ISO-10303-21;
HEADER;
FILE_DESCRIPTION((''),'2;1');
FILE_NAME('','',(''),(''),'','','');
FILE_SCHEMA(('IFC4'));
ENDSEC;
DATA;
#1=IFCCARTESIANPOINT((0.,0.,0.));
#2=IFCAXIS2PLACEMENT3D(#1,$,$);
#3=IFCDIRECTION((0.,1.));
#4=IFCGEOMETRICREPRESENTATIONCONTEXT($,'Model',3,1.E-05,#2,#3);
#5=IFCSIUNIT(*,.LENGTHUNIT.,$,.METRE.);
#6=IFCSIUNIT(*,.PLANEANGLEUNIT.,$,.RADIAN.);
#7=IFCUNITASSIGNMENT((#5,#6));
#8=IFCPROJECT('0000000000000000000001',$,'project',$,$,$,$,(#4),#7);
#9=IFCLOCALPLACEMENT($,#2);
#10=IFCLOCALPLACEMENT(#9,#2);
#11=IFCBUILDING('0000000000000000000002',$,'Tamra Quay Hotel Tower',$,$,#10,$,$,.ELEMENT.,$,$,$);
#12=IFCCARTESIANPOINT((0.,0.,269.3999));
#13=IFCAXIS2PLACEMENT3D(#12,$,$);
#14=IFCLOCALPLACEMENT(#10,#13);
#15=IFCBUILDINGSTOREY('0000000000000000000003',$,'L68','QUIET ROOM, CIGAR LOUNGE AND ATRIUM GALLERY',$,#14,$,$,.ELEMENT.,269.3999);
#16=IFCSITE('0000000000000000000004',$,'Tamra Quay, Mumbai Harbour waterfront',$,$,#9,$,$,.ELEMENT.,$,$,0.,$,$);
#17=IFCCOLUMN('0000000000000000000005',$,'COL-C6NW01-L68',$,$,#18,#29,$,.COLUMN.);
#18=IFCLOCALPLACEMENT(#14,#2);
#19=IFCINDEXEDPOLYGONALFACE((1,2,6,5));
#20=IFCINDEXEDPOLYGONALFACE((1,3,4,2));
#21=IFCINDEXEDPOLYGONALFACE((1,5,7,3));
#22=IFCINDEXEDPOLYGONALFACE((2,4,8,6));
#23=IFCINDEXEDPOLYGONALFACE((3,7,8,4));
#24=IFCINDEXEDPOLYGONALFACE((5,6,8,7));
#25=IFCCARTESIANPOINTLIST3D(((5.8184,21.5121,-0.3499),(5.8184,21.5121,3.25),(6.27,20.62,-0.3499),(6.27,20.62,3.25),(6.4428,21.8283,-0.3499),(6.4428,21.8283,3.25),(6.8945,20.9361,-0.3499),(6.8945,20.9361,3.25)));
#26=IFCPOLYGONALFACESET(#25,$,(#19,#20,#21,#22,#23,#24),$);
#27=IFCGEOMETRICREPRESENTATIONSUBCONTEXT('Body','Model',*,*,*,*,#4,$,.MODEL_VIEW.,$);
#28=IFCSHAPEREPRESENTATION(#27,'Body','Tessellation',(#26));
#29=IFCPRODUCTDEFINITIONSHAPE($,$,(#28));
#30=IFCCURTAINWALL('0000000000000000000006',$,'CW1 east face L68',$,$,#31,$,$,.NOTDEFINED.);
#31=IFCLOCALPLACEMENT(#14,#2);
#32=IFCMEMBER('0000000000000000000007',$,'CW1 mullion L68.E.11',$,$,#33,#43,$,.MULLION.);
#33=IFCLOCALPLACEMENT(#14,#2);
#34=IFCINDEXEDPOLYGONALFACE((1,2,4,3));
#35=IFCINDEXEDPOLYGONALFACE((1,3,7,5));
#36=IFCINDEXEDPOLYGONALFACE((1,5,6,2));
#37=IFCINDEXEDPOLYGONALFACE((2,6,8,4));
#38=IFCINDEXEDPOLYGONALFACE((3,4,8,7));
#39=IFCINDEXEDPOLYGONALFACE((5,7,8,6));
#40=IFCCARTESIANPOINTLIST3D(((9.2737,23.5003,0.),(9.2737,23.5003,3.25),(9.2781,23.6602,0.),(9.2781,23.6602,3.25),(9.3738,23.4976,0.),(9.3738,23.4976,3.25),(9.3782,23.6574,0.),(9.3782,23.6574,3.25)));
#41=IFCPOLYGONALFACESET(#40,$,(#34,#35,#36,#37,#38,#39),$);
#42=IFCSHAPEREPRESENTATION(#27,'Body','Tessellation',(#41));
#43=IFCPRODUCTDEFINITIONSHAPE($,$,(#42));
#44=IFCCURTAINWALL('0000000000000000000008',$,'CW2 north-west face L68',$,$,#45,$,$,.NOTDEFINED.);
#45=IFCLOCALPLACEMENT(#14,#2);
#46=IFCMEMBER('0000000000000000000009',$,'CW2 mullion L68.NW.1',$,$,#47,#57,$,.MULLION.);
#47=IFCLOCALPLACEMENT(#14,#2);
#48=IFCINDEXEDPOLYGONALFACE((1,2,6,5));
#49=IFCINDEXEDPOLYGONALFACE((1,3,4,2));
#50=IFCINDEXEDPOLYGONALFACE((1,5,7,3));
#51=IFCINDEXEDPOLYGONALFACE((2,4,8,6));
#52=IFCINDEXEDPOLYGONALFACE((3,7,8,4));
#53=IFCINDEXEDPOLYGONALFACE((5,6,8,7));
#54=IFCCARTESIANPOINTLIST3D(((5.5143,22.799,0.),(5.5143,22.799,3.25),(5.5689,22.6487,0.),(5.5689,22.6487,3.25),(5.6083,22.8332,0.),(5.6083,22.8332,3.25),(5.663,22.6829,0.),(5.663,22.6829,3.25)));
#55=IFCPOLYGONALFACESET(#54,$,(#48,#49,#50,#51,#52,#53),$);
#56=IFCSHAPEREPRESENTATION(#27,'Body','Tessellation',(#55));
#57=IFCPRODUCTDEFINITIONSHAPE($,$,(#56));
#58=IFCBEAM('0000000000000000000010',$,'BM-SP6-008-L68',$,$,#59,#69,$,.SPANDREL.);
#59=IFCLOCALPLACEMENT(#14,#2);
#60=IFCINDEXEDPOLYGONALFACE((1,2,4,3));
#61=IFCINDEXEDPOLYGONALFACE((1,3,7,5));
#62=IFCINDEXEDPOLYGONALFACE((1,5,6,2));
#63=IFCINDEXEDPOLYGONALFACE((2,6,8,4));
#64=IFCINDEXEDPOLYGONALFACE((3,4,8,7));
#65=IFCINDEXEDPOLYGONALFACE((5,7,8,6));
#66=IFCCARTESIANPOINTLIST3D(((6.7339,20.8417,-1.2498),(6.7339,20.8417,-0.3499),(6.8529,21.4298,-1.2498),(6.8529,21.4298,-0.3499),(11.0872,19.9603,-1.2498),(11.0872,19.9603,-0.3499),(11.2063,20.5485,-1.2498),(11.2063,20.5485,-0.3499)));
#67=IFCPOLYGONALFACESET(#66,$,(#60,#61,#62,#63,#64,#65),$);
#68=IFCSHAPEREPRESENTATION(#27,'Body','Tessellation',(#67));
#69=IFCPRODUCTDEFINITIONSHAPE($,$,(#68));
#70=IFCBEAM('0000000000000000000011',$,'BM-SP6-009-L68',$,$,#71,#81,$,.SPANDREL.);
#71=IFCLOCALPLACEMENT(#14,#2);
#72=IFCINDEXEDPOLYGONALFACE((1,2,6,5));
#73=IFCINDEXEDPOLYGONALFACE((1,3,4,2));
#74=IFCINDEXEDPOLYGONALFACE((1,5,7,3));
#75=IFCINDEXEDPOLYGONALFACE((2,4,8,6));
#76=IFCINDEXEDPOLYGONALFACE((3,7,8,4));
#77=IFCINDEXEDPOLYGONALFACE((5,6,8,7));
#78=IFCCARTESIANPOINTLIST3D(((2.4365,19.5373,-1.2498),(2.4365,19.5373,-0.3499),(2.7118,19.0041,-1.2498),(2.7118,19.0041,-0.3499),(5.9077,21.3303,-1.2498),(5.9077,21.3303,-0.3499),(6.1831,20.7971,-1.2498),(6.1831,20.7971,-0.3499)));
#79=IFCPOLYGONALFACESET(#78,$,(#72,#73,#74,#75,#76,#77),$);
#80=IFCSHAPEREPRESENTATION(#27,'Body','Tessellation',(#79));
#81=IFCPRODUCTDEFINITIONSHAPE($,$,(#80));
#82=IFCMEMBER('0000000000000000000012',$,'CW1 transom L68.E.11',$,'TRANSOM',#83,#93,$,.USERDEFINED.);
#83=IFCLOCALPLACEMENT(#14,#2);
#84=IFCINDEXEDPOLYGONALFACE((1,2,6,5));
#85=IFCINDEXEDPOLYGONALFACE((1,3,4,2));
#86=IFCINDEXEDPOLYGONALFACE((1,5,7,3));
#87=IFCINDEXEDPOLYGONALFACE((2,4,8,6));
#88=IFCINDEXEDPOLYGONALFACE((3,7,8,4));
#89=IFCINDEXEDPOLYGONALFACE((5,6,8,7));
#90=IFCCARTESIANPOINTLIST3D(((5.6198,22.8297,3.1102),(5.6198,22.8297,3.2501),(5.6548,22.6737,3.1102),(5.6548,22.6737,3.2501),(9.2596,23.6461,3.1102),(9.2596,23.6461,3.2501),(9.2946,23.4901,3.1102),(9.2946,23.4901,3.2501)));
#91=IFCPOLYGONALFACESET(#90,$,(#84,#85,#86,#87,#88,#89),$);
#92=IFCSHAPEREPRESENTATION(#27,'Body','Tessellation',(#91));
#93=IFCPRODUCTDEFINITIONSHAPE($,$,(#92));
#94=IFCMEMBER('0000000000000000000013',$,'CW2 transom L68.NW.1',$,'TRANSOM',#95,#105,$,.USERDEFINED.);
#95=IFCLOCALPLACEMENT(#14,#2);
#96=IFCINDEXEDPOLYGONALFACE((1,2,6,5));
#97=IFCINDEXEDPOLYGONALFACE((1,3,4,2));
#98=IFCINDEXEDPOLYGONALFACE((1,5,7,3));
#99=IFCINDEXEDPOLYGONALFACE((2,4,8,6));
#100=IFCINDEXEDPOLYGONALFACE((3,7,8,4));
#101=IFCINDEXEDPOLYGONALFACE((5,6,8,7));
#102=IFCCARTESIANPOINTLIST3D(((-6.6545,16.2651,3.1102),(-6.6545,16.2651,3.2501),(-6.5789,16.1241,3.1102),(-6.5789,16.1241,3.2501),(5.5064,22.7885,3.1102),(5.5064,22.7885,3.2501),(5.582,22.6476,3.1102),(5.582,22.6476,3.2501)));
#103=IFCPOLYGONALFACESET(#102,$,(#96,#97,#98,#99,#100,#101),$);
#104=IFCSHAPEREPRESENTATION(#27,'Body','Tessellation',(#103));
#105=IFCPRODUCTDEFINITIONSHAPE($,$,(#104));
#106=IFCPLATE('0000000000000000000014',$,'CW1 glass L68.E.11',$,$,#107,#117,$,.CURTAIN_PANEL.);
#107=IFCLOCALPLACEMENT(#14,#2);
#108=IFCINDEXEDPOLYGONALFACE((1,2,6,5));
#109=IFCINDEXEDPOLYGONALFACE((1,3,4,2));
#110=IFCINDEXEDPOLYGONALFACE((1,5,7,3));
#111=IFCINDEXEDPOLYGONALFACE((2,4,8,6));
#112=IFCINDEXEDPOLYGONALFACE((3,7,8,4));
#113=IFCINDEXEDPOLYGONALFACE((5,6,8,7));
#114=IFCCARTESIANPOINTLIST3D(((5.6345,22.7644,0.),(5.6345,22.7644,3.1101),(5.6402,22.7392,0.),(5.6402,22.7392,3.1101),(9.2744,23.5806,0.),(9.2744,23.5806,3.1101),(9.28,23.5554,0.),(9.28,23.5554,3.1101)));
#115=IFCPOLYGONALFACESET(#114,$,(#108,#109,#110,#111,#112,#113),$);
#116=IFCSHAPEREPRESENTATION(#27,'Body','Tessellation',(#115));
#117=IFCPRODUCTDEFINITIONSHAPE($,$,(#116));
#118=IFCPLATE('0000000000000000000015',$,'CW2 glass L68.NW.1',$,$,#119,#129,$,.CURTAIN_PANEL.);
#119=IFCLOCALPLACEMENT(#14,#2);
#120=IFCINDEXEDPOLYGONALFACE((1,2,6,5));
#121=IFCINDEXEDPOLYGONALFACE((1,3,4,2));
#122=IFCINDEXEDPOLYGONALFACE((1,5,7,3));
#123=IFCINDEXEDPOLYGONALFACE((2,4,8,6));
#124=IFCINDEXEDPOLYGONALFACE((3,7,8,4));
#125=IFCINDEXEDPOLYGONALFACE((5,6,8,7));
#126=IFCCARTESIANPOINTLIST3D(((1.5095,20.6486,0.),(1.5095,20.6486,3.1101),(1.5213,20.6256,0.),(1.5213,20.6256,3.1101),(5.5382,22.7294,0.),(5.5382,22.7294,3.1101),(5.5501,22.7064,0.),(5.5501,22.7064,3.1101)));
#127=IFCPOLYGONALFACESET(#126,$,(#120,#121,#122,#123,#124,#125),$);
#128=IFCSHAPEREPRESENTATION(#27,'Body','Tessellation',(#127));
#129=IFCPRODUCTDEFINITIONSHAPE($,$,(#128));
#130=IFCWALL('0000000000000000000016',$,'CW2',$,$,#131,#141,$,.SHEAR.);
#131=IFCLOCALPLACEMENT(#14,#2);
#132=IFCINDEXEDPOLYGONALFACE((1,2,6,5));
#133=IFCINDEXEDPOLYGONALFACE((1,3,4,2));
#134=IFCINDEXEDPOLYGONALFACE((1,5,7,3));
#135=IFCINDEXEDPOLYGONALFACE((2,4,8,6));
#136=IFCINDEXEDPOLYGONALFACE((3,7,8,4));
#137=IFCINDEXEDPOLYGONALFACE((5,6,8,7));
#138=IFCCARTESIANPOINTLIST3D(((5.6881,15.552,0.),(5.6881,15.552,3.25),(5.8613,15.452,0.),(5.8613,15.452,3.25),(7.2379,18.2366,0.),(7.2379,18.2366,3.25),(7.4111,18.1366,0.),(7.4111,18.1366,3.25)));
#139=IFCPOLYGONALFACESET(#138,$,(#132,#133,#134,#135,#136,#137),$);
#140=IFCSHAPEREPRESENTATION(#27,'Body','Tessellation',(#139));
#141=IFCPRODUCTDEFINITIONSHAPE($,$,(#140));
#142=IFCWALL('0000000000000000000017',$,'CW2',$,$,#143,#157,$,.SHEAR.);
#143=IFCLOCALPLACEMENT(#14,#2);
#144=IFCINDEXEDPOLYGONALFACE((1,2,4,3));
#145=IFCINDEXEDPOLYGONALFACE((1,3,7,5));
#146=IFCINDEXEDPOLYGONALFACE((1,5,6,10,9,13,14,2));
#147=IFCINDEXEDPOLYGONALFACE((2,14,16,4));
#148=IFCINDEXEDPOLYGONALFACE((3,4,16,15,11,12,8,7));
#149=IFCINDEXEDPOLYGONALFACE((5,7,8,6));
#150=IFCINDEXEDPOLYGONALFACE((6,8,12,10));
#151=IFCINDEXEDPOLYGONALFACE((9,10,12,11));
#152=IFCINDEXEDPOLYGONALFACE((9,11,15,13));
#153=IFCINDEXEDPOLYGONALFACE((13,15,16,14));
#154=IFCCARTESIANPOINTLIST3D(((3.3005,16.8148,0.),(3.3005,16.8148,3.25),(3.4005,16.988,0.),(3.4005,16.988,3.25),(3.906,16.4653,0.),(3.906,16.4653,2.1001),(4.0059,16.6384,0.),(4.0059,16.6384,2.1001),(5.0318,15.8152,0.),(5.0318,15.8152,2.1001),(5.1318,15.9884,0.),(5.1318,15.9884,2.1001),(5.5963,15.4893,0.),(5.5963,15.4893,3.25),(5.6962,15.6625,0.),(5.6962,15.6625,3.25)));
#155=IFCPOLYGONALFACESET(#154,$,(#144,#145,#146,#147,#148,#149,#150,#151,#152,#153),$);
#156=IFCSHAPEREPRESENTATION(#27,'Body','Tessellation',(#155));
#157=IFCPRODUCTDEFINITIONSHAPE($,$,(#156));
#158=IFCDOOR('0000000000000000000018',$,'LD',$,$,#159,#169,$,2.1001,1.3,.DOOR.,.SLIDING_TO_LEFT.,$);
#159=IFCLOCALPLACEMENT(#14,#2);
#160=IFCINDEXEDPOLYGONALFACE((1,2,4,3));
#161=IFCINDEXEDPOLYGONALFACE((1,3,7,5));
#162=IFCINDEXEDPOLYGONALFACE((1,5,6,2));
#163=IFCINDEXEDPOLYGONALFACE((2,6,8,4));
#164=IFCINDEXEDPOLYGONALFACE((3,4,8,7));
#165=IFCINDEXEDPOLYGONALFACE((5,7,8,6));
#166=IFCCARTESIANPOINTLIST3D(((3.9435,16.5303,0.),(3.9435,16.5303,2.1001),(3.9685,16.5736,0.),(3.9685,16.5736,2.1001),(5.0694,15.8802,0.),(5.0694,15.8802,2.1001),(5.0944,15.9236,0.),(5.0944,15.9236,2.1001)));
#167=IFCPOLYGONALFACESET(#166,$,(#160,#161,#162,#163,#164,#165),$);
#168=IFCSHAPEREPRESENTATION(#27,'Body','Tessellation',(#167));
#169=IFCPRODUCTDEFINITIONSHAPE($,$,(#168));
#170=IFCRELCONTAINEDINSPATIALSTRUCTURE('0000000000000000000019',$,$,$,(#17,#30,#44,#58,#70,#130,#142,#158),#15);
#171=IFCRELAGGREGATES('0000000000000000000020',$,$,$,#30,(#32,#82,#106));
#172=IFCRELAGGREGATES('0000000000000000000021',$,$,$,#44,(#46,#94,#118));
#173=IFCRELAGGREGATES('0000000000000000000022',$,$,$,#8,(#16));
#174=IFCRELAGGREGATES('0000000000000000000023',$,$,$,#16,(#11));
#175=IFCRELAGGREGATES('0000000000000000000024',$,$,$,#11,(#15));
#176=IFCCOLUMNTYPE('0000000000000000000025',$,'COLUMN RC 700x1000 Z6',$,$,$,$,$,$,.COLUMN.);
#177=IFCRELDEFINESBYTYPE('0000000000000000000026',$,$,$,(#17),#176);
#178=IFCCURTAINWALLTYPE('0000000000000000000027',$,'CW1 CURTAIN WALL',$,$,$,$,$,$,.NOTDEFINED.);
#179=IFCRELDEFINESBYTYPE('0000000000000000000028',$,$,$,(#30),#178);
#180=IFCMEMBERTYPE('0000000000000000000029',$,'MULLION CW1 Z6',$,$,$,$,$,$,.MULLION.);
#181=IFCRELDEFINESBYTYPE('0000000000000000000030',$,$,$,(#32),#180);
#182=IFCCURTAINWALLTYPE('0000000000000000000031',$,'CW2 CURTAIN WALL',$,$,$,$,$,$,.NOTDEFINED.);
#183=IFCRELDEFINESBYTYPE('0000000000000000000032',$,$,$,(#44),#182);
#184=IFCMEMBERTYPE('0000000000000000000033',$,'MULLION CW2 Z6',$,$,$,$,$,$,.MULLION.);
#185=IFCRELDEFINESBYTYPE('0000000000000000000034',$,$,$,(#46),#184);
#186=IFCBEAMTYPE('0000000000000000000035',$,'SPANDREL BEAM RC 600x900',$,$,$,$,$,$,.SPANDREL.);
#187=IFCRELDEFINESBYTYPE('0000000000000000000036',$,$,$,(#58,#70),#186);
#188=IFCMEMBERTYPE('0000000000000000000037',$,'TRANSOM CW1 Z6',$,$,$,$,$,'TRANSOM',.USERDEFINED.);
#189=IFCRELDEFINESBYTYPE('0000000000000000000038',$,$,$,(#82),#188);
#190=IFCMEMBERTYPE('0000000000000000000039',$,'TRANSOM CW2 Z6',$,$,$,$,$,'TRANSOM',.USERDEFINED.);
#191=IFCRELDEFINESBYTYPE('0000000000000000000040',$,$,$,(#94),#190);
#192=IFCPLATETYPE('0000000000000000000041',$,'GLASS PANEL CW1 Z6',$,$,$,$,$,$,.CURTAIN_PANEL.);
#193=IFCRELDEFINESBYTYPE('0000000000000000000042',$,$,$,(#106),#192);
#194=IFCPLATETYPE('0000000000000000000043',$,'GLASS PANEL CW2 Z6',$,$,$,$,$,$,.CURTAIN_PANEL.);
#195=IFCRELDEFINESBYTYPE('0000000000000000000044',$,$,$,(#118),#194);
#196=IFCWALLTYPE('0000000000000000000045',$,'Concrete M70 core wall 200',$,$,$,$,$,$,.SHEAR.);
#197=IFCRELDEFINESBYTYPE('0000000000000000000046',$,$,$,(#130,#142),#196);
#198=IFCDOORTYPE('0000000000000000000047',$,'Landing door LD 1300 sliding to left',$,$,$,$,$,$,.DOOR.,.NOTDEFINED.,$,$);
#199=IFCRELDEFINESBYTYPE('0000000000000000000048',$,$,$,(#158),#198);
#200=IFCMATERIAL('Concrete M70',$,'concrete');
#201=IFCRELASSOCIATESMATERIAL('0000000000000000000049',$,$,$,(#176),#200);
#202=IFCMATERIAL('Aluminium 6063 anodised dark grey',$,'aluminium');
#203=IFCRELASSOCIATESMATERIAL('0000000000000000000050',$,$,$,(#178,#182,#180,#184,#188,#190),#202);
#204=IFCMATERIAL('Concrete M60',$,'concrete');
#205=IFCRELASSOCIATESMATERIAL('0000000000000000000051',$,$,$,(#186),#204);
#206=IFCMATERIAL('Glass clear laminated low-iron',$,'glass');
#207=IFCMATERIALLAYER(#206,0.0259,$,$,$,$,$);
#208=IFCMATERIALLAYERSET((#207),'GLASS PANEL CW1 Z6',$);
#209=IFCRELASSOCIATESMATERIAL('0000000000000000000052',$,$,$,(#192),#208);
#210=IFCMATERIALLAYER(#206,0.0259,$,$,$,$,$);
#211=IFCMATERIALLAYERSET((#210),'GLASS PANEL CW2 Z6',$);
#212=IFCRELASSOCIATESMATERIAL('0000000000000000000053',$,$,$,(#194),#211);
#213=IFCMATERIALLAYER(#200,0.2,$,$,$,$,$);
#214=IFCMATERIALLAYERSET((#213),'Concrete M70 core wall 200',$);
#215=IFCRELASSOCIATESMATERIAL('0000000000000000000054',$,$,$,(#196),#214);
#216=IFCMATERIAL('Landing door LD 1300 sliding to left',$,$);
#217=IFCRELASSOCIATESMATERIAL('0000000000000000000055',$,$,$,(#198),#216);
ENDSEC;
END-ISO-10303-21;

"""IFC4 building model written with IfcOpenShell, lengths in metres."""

from ifc_helpers import new_model, si_unit, direction, frame, frame_2d, origin, origin_2d, place, context, subcontext, project, spatial, rectangle, extrude, material, layer, layer_set, material_profile, profile_set, type_object, element, fill, aggregate, save


model = new_model("IFC4")

# Units and contexts
model_context = context("Model", 3, precision=1e-05, world=origin(), true_north=direction((0.0, 1.0)))
body_context = subcontext(model_context, "Body", "Model", "MODEL_VIEW")
ifc_project = project(units=[si_unit("LENGTHUNIT", "METRE"), si_unit("PLANEANGLEUNIT", "RADIAN")], contexts=[model_context])

# Site, building, storey
site_placement = place(None, origin())
site = spatial("IfcSite", under=ifc_project, at=site_placement, Name="Tamra Quay, Mumbai Harbour waterfront", CompositionType="ELEMENT", RefElevation=0.0)
building_placement = place(site_placement, origin())
building = spatial("IfcBuilding", under=site, at=building_placement, Name="Tamra Quay Hotel Tower", CompositionType="ELEMENT")
storey_placement = place(building_placement, frame((0.0, 0.0, 269.3999)))
storey = spatial("IfcBuildingStorey", under=building, at=storey_placement, Name="L68", Description="QUIET ROOM, CIGAR LOUNGE AND ATRIUM GALLERY", CompositionType="ELEMENT", Elevation=269.3999)

# Column
ifc_material_1 = material(Name="Concrete M70", Category="concrete")
ifc_material_profile_1 = material_profile(ifc_material_1, rectangle(XDim=1.0, YDim=0.7, at=origin_2d()), Name="COLUMN RC 700x1000 Z6")
ifc_profile_set_1 = profile_set([ifc_material_profile_1], Name="Concrete M70")
column_type = type_object("IfcColumnType", Name="COLUMN RC 700x1000 Z6", PredefinedType="COLUMN", material=ifc_profile_set_1)
column_placement = place(storey_placement, frame((6.3564, 21.2241, -0.3499), z_axis=(0.0, 0.0, 1.0), x_axis=(-0.451686, 0.892177, 0.0)))
element("IfcColumn", 1, at=column_placement, inside=storey, type_object=column_type, Name="COL-C6NW01-L68", PredefinedType="COLUMN", context=body_context, shape_type="SweptSolid", body=[
    extrude(rectangle(XDim=1.0, YDim=0.7, at=origin_2d()), origin(), (0.0, 0.0, 1.0), 3.5999),
])

# Curtain walls, members
ifc_material_2 = material(Name="Aluminium 6063 anodised dark grey", Category="aluminium")
curtain_wall_type_1 = type_object("IfcCurtainWallType", Name="CW1 CURTAIN WALL", PredefinedType="NOTDEFINED", material=ifc_material_2)
curtain_wall_1_placement = place(storey_placement, origin())
curtain_wall_1 = element("IfcCurtainWall", 2, at=curtain_wall_1_placement, inside=storey, type_object=curtain_wall_type_1, Name="CW1 east face L68", PredefinedType="NOTDEFINED")
ifc_material_profile_2 = material_profile(ifc_material_2, rectangle(XDim=0.1599, YDim=0.1001, at=origin_2d()), Name="MULLION 100X160")
ifc_profile_set_2 = profile_set([ifc_material_profile_2], Name="Aluminium 6063 anodised dark grey")
member_type_1 = type_object("IfcMemberType", Name="MULLION CW1 Z6", PredefinedType="MULLION", material=ifc_profile_set_2)
member_1_placement = place(storey_placement, frame((9.3259, 23.5789, 0.0), z_axis=(0.0, 0.0, 1.0), x_axis=(0.027469, 0.999623, 0.0)))
member_1 = element("IfcMember", 3, at=member_1_placement, type_object=member_type_1, Name="CW1 mullion L68.E.11", PredefinedType="MULLION", context=body_context, shape_type="SweptSolid", body=[
    extrude(rectangle(XDim=0.1599, YDim=0.1001, at=origin_2d()), origin(), (0.0, 0.0, 1.0), 3.25),
])
curtain_wall_type_2 = type_object("IfcCurtainWallType", Name="CW2 CURTAIN WALL", PredefinedType="NOTDEFINED", material=ifc_material_2)
curtain_wall_2_placement = place(storey_placement, origin())
curtain_wall_2 = element("IfcCurtainWall", 4, at=curtain_wall_2_placement, inside=storey, type_object=curtain_wall_type_2, Name="CW2 north-west face L68", PredefinedType="NOTDEFINED")
ifc_material_profile_3 = material_profile(ifc_material_2, rectangle(XDim=0.1599, YDim=0.1001, at=origin_2d()), Name="MULLION 100X160")
ifc_profile_set_3 = profile_set([ifc_material_profile_3], Name="Aluminium 6063 anodised dark grey")
member_type_2 = type_object("IfcMemberType", Name="MULLION CW2 Z6", PredefinedType="MULLION", material=ifc_profile_set_3)
member_2_placement = place(storey_placement, frame((5.5886, 22.741, 0.0), z_axis=(0.0, 0.0, 1.0), x_axis=(-0.341653, 0.939826, 0.0)))
member_2 = element("IfcMember", 5, at=member_2_placement, type_object=member_type_2, Name="CW2 mullion L68.NW.1", PredefinedType="MULLION", context=body_context, shape_type="SweptSolid", body=[
    extrude(rectangle(XDim=0.1599, YDim=0.1001, at=origin_2d()), origin(), (0.0, 0.0, 1.0), 3.25),
])

# Beams
ifc_material_3 = material(Name="Concrete M60", Category="concrete")
ifc_material_profile_4 = material_profile(ifc_material_3, rectangle(XDim=0.6001, YDim=0.8999, at=origin_2d()), Name="SPANDREL BEAM RC 600x900")
ifc_profile_set_4 = profile_set([ifc_material_profile_4], Name="Concrete M60")
beam_type = type_object("IfcBeamType", Name="SPANDREL BEAM RC 600x900", PredefinedType="SPANDREL", material=ifc_profile_set_4)
beam_1_placement = place(storey_placement, frame((11.1467, 20.2544, -0.7998), z_axis=(-0.980115, 0.198431, 0.0), x_axis=(-0.198431, -0.980115, 0.0)))
element("IfcBeam", 6, at=beam_1_placement, inside=storey, type_object=beam_type, Name="BM-SP6-008-L68", PredefinedType="SPANDREL", context=body_context, shape_type="SweptSolid", body=[
    extrude(rectangle(XDim=0.6001, YDim=0.8999, at=origin_2d()), origin(), (0.0, 0.0, 1.0), 4.4417),
])
beam_2_placement = place(storey_placement, frame((6.0454, 21.0637, -0.7998), z_axis=(-0.888476, -0.458923, 0.0), x_axis=(0.458923, -0.888476, 0.0)))
element("IfcBeam", 7, at=beam_2_placement, inside=storey, type_object=beam_type, Name="BM-SP6-009-L68", PredefinedType="SPANDREL", context=body_context, shape_type="SweptSolid", body=[
    extrude(rectangle(XDim=0.6001, YDim=0.8999, at=origin_2d()), origin(), (0.0, 0.0, 1.0), 3.907),
])

# Members
ifc_material_profile_5 = material_profile(ifc_material_2, rectangle(XDim=0.1599, YDim=0.1399, at=origin_2d()), Name="TRANSOM 160X140")
ifc_profile_set_5 = profile_set([ifc_material_profile_5], Name="Aluminium 6063 anodised dark grey")
member_type_3 = type_object("IfcMemberType", Name="TRANSOM CW1 Z6", ElementType="TRANSOM", PredefinedType="USERDEFINED", material=ifc_profile_set_5)
member_3_placement = place(storey_placement, frame((9.2771, 23.5681, 3.1802), z_axis=(-0.975757, -0.218857, 0.0), x_axis=(0.218857, -0.975757, 0.0)))
member_3 = element("IfcMember", 8, at=member_3_placement, type_object=member_type_3, Name="CW1 transom L68.E.11", ObjectType="TRANSOM", PredefinedType="USERDEFINED", context=body_context, shape_type="SweptSolid", body=[
    extrude(rectangle(XDim=0.1599, YDim=0.1399, at=origin_2d()), origin(), (0.0, 0.0, 1.0), 3.7302),
])
ifc_material_profile_6 = material_profile(ifc_material_2, rectangle(XDim=0.1599, YDim=0.1399, at=origin_2d()), Name="TRANSOM 160X140")
ifc_profile_set_6 = profile_set([ifc_material_profile_6], Name="Aluminium 6063 anodised dark grey")
member_type_4 = type_object("IfcMemberType", Name="TRANSOM CW2 Z6", ElementType="TRANSOM", PredefinedType="USERDEFINED", material=ifc_profile_set_6)
member_4_placement = place(storey_placement, frame((5.5442, 22.718, 3.1802), z_axis=(-0.881218, -0.47271, 0.0), x_axis=(0.47271, -0.881218, 0.0)))
member_4 = element("IfcMember", 9, at=member_4_placement, type_object=member_type_4, Name="CW2 transom L68.NW.1", ObjectType="TRANSOM", PredefinedType="USERDEFINED", context=body_context, shape_type="SweptSolid", body=[
    extrude(rectangle(XDim=0.1599, YDim=0.1399, at=origin_2d()), origin(), (0.0, 0.0, 1.0), 13.8),
])

# Plates
ifc_material_4 = material(Name="Glass clear laminated low-iron", Category="glass")
ifc_layer_1 = layer(ifc_material_4, 0.0259)
ifc_layer_set_1 = layer_set([ifc_layer_1], Name="GLASS PANEL CW1 Z6")
plate_type_1 = type_object("IfcPlateType", Name="GLASS PANEL CW1 Z6", PredefinedType="CURTAIN_PANEL", material=ifc_layer_set_1)
plate_1_placement = place(storey_placement, frame((7.4573, 23.1599, 0.0), z_axis=(0.0, 0.0, 1.0), x_axis=(-0.975768, -0.218806, 0.0)))
plate_1 = element("IfcPlate", 10, at=plate_1_placement, type_object=plate_type_1, Name="CW1 glass L68.E.11", PredefinedType="CURTAIN_PANEL", context=body_context, shape_type="SweptSolid", body=[
    extrude(rectangle(XDim=3.7302, YDim=0.0259, at=origin_2d()), origin(), (0.0, 0.0, 1.0), 3.1101),
])
aggregate(curtain_wall_1, [member_1, member_3, plate_1])
ifc_layer_2 = layer(ifc_material_4, 0.0259)
ifc_layer_set_2 = layer_set([ifc_layer_2], Name="GLASS PANEL CW2 Z6")
plate_type_2 = type_object("IfcPlateType", Name="GLASS PANEL CW2 Z6", PredefinedType="CURTAIN_PANEL", material=ifc_layer_set_2)
plate_2_placement = place(storey_placement, frame((3.5298, 21.6775, 0.0), z_axis=(0.0, 0.0, 1.0), x_axis=(-0.888486, -0.458903, 0.0)))
plate_2 = element("IfcPlate", 11, at=plate_2_placement, type_object=plate_type_2, Name="CW2 glass L68.NW.1", PredefinedType="CURTAIN_PANEL", context=body_context, shape_type="SweptSolid", body=[
    extrude(rectangle(XDim=4.5344, YDim=0.0259, at=origin_2d()), origin(), (0.0, 0.0, 1.0), 3.1101),
])
aggregate(curtain_wall_2, [member_2, member_4, plate_2])

# Wall
ifc_layer_3 = layer(ifc_material_1, 0.2)
ifc_layer_set_3 = layer_set([ifc_layer_3], Name="Concrete M70 core wall 200")
wall_type_1 = type_object("IfcWallType", Name="Concrete M70 core wall 200", PredefinedType="SHEAR", material=ifc_layer_set_3)
wall_1_placement = place(storey_placement, frame((7.3245, 18.1865, 0.0), z_axis=(0.0, 0.0, 1.0), x_axis=(-0.499968, -0.866044, 0.0)))
element("IfcWall", 12, at=wall_1_placement, inside=storey, type_object=wall_type_1, Name="CW2", PredefinedType="SHEAR", context=body_context, shape_type="SweptSolid", body=[
    extrude(rectangle(XDim=3.0999, YDim=0.2, at=frame_2d((1.5498, 0.0))), origin(), (0.0, 0.0, 1.0), 3.25),
])

# Wall, opening, door
wall_2_placement = place(storey_placement, frame((5.6462, 15.5759, 0.0), z_axis=(0.0, 0.0, 1.0), x_axis=(-0.866018, 0.500012, 0.0)))
wall_2 = element("IfcWall", 13, at=wall_2_placement, inside=storey, type_object=wall_type_1, Name="CW2", PredefinedType="SHEAR", context=body_context, shape_type="SweptSolid", body=[
    extrude(rectangle(XDim=2.6509, YDim=0.2, at=frame_2d((1.3254, 0.0))), origin(), (0.0, 0.0, 1.0), 3.25),
])
opening_1_placement = place(wall_2_placement, frame((0.6519, 0.0, 0.0)))
opening_1 = element("IfcOpeningElement", 14, at=opening_1_placement, cuts=wall_2, PredefinedType="OPENING", context=body_context, shape_type="SweptSolid", body=[
    extrude(rectangle(XDim=1.3, YDim=2.1001, at=frame_2d((0.6499, 1.05))), frame((0.0, 0.1099, 0.0), z_axis=(0.0, -1.0, 0.0), x_axis=(1.0, 0.0, 0.0)), (0.0, 0.0, 1.0), 0.22),
])
ifc_material_5 = material(Name="Landing door LD 1300 sliding to left")
door_type_1 = type_object("IfcDoorType", Name="Landing door LD 1300 sliding to left", OperationType="NOTDEFINED", PredefinedType="DOOR", material=ifc_material_5)
door_1_placement = place(opening_1_placement, origin())
door_1 = element("IfcDoor", 15, at=door_1_placement, inside=storey, type_object=door_type_1, Name="LD", OperationType="SLIDING_TO_LEFT", OverallHeight=2.1001, OverallWidth=1.3, PredefinedType="DOOR", context=body_context, shape_type="SweptSolid", body=[
    extrude(rectangle(XDim=1.3, YDim=2.1001, at=frame_2d((0.6499, 1.05))), frame((0.0, 0.0249, 0.0), z_axis=(0.0, -1.0, 0.0), x_axis=(1.0, 0.0, 0.0)), (0.0, 0.0, 1.0), 0.05),
])
fill(opening_1, door_1)

save(model, "model.ifc")
